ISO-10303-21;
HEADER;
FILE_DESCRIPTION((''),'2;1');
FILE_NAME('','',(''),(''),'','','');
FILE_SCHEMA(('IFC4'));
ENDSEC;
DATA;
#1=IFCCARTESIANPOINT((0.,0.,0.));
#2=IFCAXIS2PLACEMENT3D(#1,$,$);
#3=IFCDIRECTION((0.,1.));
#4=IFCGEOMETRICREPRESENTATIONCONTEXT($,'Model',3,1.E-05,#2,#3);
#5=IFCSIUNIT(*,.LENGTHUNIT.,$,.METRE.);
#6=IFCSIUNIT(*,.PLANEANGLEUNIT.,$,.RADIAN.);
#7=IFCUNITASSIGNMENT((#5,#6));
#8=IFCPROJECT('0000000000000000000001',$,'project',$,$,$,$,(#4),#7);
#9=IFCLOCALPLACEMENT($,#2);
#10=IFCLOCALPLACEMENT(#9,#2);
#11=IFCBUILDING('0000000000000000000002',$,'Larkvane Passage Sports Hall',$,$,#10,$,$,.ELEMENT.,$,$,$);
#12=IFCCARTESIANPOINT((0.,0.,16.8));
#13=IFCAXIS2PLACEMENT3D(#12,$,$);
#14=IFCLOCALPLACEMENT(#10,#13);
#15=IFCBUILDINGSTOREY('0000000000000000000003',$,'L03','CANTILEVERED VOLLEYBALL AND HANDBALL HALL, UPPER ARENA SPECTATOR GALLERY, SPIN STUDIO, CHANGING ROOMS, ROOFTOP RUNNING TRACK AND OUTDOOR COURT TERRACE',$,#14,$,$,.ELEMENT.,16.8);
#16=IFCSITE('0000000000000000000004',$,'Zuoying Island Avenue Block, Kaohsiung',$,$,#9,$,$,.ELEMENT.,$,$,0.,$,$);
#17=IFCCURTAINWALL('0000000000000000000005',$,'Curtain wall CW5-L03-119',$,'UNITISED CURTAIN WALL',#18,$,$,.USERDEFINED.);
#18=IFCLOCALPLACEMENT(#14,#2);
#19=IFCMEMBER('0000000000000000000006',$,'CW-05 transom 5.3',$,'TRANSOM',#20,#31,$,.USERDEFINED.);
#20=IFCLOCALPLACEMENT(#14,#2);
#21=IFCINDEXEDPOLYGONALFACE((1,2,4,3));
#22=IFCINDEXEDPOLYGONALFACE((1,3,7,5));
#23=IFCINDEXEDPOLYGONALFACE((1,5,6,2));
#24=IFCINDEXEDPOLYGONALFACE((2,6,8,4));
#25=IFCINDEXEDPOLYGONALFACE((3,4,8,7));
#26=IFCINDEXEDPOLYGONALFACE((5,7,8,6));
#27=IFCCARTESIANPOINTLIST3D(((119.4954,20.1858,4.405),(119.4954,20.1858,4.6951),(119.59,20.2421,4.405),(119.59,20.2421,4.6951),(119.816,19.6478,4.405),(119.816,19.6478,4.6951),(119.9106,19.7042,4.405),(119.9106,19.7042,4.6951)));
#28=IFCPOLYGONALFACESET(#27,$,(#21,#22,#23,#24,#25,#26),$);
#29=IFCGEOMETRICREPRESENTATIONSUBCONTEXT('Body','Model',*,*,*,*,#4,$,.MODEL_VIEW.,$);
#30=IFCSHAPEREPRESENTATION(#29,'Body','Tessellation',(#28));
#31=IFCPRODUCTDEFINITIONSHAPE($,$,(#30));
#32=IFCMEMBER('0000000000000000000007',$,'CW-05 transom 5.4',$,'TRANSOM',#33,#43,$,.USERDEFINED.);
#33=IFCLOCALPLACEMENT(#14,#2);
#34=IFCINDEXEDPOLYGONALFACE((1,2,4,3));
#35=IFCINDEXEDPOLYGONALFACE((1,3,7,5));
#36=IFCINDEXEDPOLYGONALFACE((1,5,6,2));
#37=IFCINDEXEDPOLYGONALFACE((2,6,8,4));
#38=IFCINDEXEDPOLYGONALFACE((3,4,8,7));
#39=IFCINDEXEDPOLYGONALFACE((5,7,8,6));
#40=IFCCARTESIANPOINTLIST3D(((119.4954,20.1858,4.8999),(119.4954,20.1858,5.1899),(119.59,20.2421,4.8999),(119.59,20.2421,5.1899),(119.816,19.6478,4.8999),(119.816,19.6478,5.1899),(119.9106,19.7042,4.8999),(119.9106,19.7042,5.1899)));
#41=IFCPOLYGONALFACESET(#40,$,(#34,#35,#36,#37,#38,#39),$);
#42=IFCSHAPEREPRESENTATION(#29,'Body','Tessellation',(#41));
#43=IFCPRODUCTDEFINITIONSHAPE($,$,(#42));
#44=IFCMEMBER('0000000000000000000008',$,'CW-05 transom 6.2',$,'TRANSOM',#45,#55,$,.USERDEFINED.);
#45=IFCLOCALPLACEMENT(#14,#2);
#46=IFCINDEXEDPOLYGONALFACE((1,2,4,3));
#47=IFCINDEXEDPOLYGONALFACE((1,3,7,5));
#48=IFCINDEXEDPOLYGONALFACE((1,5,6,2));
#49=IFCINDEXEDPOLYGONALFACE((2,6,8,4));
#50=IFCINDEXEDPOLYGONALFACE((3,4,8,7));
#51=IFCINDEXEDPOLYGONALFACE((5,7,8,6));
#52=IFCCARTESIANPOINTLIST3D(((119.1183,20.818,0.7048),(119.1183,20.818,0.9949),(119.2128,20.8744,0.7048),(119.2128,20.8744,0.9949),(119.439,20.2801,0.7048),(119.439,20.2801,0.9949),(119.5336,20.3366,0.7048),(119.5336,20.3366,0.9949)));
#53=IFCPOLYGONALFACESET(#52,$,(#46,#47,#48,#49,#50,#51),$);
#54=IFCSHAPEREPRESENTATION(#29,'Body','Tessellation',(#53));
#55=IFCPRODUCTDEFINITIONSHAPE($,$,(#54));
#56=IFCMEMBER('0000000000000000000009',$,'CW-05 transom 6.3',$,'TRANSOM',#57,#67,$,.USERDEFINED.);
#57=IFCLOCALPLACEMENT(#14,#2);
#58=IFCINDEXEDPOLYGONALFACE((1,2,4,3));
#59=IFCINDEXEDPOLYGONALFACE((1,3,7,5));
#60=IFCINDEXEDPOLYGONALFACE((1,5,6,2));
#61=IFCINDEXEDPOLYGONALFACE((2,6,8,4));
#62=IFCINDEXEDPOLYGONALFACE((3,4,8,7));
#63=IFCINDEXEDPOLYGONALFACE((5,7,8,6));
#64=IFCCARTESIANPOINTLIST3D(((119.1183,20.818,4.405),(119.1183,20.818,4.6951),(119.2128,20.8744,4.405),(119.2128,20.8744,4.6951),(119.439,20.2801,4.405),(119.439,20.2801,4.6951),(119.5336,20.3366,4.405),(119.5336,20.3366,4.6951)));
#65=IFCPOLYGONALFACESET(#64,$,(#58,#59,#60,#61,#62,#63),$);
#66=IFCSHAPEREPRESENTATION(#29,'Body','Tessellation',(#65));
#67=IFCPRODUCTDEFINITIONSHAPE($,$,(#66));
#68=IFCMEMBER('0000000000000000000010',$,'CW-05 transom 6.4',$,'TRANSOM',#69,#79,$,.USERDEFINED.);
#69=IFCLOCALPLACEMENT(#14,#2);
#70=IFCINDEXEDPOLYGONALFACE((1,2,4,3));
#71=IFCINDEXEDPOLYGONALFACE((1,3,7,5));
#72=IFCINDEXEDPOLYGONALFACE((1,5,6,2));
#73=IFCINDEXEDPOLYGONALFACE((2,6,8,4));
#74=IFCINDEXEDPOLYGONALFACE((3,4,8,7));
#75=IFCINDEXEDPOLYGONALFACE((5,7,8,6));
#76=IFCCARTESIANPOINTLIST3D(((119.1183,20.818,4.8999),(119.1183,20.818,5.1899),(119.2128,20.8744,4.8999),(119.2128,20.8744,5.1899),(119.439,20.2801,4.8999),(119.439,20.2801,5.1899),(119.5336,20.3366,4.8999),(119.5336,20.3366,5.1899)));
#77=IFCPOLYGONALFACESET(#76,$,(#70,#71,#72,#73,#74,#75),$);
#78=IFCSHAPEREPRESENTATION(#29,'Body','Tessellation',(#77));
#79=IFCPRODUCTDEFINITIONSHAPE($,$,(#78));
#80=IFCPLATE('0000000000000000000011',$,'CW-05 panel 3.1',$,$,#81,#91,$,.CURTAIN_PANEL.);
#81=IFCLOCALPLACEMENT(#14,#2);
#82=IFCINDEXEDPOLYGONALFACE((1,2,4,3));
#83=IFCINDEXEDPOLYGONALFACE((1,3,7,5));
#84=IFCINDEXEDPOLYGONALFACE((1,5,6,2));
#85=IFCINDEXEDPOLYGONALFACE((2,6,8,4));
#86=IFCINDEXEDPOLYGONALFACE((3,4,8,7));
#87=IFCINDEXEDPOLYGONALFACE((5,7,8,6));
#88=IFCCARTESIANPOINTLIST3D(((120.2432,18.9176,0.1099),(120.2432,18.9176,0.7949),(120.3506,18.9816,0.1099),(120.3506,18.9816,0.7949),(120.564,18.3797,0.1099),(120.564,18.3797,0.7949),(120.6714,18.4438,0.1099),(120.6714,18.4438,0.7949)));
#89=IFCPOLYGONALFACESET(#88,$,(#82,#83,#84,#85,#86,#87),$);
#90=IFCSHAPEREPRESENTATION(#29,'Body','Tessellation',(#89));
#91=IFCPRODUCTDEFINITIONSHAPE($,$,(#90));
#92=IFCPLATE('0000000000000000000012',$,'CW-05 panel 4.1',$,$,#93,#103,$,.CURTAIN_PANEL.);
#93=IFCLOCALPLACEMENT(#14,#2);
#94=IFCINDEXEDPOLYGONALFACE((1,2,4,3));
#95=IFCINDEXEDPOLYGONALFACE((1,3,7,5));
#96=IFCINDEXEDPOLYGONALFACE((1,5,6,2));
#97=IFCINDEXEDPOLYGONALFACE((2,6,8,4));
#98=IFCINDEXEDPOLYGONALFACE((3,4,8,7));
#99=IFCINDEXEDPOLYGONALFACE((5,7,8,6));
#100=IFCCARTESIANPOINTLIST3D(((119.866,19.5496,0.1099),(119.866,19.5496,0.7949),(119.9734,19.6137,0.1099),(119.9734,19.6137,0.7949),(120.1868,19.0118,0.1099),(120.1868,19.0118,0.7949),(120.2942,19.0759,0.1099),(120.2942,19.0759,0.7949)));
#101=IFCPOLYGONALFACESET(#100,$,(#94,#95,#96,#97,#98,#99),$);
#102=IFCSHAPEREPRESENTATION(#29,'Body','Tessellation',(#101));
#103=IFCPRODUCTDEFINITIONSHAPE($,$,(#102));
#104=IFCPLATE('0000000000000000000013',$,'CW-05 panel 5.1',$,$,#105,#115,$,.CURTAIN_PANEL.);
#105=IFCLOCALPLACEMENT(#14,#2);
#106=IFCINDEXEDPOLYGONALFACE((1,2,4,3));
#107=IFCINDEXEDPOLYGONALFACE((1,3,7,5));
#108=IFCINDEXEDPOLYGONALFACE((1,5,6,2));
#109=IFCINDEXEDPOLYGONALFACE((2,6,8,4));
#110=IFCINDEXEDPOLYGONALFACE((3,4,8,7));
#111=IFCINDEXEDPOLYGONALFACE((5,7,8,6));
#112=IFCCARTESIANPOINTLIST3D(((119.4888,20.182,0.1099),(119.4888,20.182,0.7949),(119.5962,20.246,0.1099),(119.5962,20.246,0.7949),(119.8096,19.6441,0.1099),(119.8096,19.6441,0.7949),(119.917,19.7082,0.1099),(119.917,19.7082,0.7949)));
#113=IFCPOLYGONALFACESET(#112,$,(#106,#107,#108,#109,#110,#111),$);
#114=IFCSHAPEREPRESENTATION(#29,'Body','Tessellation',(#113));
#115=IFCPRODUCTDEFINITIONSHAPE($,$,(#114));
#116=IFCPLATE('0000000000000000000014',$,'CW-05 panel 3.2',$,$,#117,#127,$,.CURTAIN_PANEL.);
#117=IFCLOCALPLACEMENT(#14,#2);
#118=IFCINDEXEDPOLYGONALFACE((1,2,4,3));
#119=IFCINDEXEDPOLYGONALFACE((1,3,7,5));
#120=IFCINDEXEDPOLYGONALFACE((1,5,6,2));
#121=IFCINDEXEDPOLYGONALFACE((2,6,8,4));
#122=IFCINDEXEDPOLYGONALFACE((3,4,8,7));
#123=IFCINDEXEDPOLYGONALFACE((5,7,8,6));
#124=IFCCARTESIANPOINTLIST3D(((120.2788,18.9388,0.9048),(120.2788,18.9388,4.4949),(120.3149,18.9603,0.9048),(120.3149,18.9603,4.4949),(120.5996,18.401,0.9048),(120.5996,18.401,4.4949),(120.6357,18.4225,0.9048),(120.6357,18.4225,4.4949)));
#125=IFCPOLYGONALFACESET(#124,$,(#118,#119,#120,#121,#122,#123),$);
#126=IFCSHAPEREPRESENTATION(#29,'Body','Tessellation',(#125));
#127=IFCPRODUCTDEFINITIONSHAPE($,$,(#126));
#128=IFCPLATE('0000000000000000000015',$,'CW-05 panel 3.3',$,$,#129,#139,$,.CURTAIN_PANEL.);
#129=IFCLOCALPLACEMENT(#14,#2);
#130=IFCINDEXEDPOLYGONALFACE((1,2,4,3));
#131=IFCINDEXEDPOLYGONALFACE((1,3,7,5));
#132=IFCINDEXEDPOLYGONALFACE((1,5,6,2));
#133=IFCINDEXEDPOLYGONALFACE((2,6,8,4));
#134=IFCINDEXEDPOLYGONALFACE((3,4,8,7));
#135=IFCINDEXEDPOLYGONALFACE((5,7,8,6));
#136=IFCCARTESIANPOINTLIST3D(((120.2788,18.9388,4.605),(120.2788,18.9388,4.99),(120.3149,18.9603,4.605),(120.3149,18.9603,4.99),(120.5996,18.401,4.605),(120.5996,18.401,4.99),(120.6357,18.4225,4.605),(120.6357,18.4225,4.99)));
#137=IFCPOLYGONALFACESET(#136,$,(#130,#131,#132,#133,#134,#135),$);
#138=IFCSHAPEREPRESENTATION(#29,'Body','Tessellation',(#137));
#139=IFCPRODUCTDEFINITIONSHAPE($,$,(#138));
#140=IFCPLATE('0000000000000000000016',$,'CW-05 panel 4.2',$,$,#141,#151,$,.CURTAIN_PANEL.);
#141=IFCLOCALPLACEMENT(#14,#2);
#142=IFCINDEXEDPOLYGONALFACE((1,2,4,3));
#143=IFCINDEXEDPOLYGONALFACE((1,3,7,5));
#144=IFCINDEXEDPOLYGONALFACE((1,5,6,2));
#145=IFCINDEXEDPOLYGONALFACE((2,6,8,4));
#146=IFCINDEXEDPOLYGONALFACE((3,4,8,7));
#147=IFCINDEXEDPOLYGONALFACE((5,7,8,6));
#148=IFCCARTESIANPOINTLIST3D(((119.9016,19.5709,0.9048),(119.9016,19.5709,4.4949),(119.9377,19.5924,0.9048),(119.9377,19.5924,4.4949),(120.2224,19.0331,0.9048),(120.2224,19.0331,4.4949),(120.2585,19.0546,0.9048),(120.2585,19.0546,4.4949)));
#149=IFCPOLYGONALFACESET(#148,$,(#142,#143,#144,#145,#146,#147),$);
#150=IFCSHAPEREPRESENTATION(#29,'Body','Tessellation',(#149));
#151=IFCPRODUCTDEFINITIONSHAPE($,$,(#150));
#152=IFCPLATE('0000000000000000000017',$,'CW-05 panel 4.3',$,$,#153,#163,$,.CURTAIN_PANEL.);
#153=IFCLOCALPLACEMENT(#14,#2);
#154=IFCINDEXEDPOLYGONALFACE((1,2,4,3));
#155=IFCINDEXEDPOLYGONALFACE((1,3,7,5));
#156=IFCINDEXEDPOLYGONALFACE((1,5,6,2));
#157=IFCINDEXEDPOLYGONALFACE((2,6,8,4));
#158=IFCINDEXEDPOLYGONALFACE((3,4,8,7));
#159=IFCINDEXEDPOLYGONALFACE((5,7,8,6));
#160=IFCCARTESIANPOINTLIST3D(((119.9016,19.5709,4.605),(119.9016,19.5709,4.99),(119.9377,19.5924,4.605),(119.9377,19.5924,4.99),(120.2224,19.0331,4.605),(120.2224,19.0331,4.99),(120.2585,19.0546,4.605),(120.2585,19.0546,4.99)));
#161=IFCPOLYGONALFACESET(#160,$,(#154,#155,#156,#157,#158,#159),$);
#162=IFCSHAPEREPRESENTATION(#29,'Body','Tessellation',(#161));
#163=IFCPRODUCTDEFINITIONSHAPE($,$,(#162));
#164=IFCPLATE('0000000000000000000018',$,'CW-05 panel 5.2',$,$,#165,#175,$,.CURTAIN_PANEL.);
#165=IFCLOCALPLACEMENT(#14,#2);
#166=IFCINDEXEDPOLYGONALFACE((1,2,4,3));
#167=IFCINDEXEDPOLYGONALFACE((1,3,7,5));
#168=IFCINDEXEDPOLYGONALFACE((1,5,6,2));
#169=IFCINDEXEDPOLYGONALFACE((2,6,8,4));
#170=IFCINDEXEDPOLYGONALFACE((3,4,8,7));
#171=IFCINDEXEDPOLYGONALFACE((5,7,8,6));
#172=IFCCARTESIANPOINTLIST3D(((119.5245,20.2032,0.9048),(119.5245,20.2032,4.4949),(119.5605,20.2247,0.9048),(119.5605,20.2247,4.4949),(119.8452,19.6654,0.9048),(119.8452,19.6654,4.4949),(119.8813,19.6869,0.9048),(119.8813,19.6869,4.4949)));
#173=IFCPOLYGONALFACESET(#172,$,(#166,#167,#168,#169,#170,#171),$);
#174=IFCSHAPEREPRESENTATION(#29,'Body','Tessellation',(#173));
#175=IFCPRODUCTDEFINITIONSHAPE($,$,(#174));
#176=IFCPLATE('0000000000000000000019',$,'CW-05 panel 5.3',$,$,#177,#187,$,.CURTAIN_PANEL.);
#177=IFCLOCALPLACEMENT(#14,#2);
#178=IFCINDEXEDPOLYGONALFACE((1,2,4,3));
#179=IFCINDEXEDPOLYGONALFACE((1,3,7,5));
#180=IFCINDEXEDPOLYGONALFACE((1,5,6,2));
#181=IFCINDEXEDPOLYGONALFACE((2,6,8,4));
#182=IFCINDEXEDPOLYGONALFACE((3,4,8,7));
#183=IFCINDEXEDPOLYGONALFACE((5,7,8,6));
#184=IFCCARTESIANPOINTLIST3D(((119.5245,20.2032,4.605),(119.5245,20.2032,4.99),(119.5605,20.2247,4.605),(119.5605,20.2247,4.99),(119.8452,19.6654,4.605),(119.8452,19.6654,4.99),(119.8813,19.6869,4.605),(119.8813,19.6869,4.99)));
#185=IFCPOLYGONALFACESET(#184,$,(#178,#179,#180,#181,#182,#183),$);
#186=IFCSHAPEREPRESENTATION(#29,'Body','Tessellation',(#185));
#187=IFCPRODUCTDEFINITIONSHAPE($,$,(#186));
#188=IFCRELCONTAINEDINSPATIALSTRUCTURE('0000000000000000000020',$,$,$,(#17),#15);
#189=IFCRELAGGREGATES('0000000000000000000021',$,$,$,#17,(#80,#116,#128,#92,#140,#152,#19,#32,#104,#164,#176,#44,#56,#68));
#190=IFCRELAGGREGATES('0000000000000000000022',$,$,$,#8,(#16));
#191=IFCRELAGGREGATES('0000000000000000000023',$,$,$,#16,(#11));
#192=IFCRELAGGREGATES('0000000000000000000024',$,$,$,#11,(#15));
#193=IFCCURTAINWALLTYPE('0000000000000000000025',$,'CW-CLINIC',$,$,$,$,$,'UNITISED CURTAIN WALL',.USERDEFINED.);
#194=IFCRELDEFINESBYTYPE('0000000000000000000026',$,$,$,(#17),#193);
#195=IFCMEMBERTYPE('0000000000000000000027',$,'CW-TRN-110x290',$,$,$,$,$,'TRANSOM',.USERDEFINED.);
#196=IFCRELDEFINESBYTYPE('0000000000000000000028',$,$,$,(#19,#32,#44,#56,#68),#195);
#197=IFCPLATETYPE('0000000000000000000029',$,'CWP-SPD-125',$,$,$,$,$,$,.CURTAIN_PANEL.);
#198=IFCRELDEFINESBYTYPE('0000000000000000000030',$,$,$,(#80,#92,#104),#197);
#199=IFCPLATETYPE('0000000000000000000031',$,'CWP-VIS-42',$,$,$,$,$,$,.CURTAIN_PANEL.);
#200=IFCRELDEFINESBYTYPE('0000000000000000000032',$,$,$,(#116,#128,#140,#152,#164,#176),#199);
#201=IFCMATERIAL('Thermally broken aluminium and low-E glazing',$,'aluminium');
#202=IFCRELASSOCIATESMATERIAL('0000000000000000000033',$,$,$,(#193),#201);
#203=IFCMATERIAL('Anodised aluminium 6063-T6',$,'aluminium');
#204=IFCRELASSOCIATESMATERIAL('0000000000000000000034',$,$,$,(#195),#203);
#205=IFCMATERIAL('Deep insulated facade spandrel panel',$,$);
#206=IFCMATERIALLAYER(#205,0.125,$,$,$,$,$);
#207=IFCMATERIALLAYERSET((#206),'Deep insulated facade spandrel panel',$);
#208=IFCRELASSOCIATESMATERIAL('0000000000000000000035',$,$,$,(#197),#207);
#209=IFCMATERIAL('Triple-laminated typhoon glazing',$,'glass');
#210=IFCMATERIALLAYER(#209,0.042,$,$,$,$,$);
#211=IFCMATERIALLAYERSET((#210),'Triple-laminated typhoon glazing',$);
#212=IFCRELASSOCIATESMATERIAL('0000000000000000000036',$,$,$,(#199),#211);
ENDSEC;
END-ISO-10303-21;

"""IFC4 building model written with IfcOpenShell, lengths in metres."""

from ifc_helpers import new_model, si_unit, direction, frame, origin, origin_2d, place, context, subcontext, project, spatial, rectangle, extrude, material, layer, layer_set, material_profile, profile_set, type_object, element, aggregate, save


model = new_model("IFC4")

# Units and contexts
model_context = context("Model", 3, precision=1e-05, world=origin(), true_north=direction((0.0, 1.0)))
body_context = subcontext(model_context, "Body", "Model", "MODEL_VIEW")
ifc_project = project(units=[si_unit("LENGTHUNIT", "METRE"), si_unit("PLANEANGLEUNIT", "RADIAN")], contexts=[model_context])

# Site, building, storey
site_placement = place(None, origin())
site = spatial("IfcSite", under=ifc_project, at=site_placement, Name="Zuoying Island Avenue Block, Kaohsiung", CompositionType="ELEMENT", RefElevation=0.0)
building_placement = place(site_placement, origin())
building = spatial("IfcBuilding", under=site, at=building_placement, Name="Larkvane Passage Sports Hall", CompositionType="ELEMENT")
storey_placement = place(building_placement, frame((0.0, 0.0, 16.8)))
storey = spatial("IfcBuildingStorey", under=building, at=storey_placement, Name="L03", Description="CANTILEVERED VOLLEYBALL AND HANDBALL HALL, UPPER ARENA SPECTATOR GALLERY, SPIN STUDIO, CHANGING ROOMS, ROOFTOP RUNNING TRACK AND OUTDOOR COURT TERRACE", CompositionType="ELEMENT", Elevation=16.8)

# Curtain wall, members, plates
ifc_material_1 = material(Name="Thermally broken aluminium and low-E glazing", Category="aluminium")
curtain_wall_type = type_object("IfcCurtainWallType", Name="CW-CLINIC", ElementType="UNITISED CURTAIN WALL", PredefinedType="USERDEFINED", material=ifc_material_1)
curtain_wall_placement = place(storey_placement, origin())
curtain_wall = element("IfcCurtainWall", 1, at=curtain_wall_placement, inside=storey, type_object=curtain_wall_type, Name="Curtain wall CW5-L03-119", ObjectType="UNITISED CURTAIN WALL", PredefinedType="USERDEFINED")
ifc_material_2 = material(Name="Anodised aluminium 6063-T6", Category="aluminium")
ifc_material_profile_1 = material_profile(ifc_material_2, rectangle(XDim=0.1101, YDim=0.29, at=origin_2d()), Name="ALU-TRN-110x290")
ifc_profile_set_1 = profile_set([ifc_material_profile_1], Name="Anodised aluminium 6063-T6")
member_type_1 = type_object("IfcMemberType", Name="CW-TRN-110x290", ElementType="TRANSOM", PredefinedType="USERDEFINED", material=ifc_profile_set_1)
member_1_placement = place(storey_placement, frame((119.8633, 19.676, 4.55), z_axis=(-0.51197, 0.859003, 0.0), x_axis=(-0.859003, -0.51197, 0.0)))
member_1 = element("IfcMember", 2, at=member_1_placement, type_object=member_type_1, Name="CW-05 transom 5.3", ObjectType="TRANSOM", PredefinedType="USERDEFINED", context=body_context, shape_type="SweptSolid", body=[
    extrude(rectangle(XDim=0.1101, YDim=0.29, at=origin_2d()), origin(), (0.0, 0.0, 1.0), 0.6262),
])
member_2_placement = place(storey_placement, frame((119.8633, 19.676, 5.0449), z_axis=(-0.51197, 0.859003, 0.0), x_axis=(-0.859003, -0.51197, 0.0)))
member_2 = element("IfcMember", 3, at=member_2_placement, type_object=member_type_1, Name="CW-05 transom 5.4", ObjectType="TRANSOM", PredefinedType="USERDEFINED", context=body_context, shape_type="SweptSolid", body=[
    extrude(rectangle(XDim=0.1101, YDim=0.29, at=origin_2d()), origin(), (0.0, 0.0, 1.0), 0.6262),
])
member_3_placement = place(storey_placement, frame((119.4863, 20.3083, 0.8499), z_axis=(-0.512258, 0.858832, 0.0), x_axis=(-0.858832, -0.512258, 0.0)))
member_3 = element("IfcMember", 4, at=member_3_placement, type_object=member_type_1, Name="CW-05 transom 6.2", ObjectType="TRANSOM", PredefinedType="USERDEFINED", context=body_context, shape_type="SweptSolid", body=[
    extrude(rectangle(XDim=0.1101, YDim=0.29, at=origin_2d()), origin(), (0.0, 0.0, 1.0), 0.6262),
])
member_4_placement = place(storey_placement, frame((119.4863, 20.3083, 4.55), z_axis=(-0.512258, 0.858832, 0.0), x_axis=(-0.858832, -0.512258, 0.0)))
member_4 = element("IfcMember", 5, at=member_4_placement, type_object=member_type_1, Name="CW-05 transom 6.3", ObjectType="TRANSOM", PredefinedType="USERDEFINED", context=body_context, shape_type="SweptSolid", body=[
    extrude(rectangle(XDim=0.1101, YDim=0.29, at=origin_2d()), origin(), (0.0, 0.0, 1.0), 0.6262),
])
member_5_placement = place(storey_placement, frame((119.4863, 20.3083, 5.0449), z_axis=(-0.512258, 0.858832, 0.0), x_axis=(-0.858832, -0.512258, 0.0)))
member_5 = element("IfcMember", 6, at=member_5_placement, type_object=member_type_1, Name="CW-05 transom 6.4", ObjectType="TRANSOM", PredefinedType="USERDEFINED", context=body_context, shape_type="SweptSolid", body=[
    extrude(rectangle(XDim=0.1101, YDim=0.29, at=origin_2d()), origin(), (0.0, 0.0, 1.0), 0.6262),
])
ifc_material_3 = material(Name="Deep insulated facade spandrel panel")
ifc_layer_1 = layer(ifc_material_3, 0.125)
ifc_layer_set_1 = layer_set([ifc_layer_1], Name="Deep insulated facade spandrel panel")
plate_type_1 = type_object("IfcPlateType", Name="CWP-SPD-125", PredefinedType="CURTAIN_PANEL", material=ifc_layer_set_1)
plate_1_placement = place(storey_placement, frame((120.4573, 18.6807, 0.1099), z_axis=(0.0, 0.0, 1.0), x_axis=(-0.512274, 0.858822, 0.0)))
plate_1 = element("IfcPlate", 7, at=plate_1_placement, type_object=plate_type_1, Name="CW-05 panel 3.1", PredefinedType="CURTAIN_PANEL", context=body_context, shape_type="SweptSolid", body=[
    extrude(rectangle(XDim=0.6262, YDim=0.125, at=origin_2d()), origin(), (0.0, 0.0, 1.0), 0.6851),
])
plate_2_placement = place(storey_placement, frame((120.0801, 19.3127, 0.1099), z_axis=(0.0, 0.0, 1.0), x_axis=(-0.512274, 0.858822, 0.0)))
plate_2 = element("IfcPlate", 8, at=plate_2_placement, type_object=plate_type_1, Name="CW-05 panel 4.1", PredefinedType="CURTAIN_PANEL", context=body_context, shape_type="SweptSolid", body=[
    extrude(rectangle(XDim=0.6262, YDim=0.125, at=origin_2d()), origin(), (0.0, 0.0, 1.0), 0.6851),
])
plate_3_placement = place(storey_placement, frame((119.7029, 19.9451, 0.1099), z_axis=(0.0, 0.0, 1.0), x_axis=(-0.512274, 0.858822, 0.0)))
plate_3 = element("IfcPlate", 9, at=plate_3_placement, type_object=plate_type_1, Name="CW-05 panel 5.1", PredefinedType="CURTAIN_PANEL", context=body_context, shape_type="SweptSolid", body=[
    extrude(rectangle(XDim=0.6262, YDim=0.125, at=origin_2d()), origin(), (0.0, 0.0, 1.0), 0.6851),
])
ifc_material_4 = material(Name="Triple-laminated typhoon glazing", Category="glass")
ifc_layer_2 = layer(ifc_material_4, 0.042)
ifc_layer_set_2 = layer_set([ifc_layer_2], Name="Triple-laminated typhoon glazing")
plate_type_2 = type_object("IfcPlateType", Name="CWP-VIS-42", PredefinedType="CURTAIN_PANEL", material=ifc_layer_set_2)
plate_4_placement = place(storey_placement, frame((120.4573, 18.6807, 0.9048), z_axis=(0.0, 0.0, 1.0), x_axis=(-0.512274, 0.858822, 0.0)))
plate_4 = element("IfcPlate", 10, at=plate_4_placement, type_object=plate_type_2, Name="CW-05 panel 3.2", PredefinedType="CURTAIN_PANEL", context=body_context, shape_type="SweptSolid", body=[
    extrude(rectangle(XDim=0.6262, YDim=0.042, at=origin_2d()), origin(), (0.0, 0.0, 1.0), 3.5901),
])
plate_5_placement = place(storey_placement, frame((120.4573, 18.6807, 4.605), z_axis=(0.0, 0.0, 1.0), x_axis=(-0.512274, 0.858822, 0.0)))
plate_5 = element("IfcPlate", 11, at=plate_5_placement, type_object=plate_type_2, Name="CW-05 panel 3.3", PredefinedType="CURTAIN_PANEL", context=body_context, shape_type="SweptSolid", body=[
    extrude(rectangle(XDim=0.6262, YDim=0.042, at=origin_2d()), origin(), (0.0, 0.0, 1.0), 0.385),
])
plate_6_placement = place(storey_placement, frame((120.0801, 19.3127, 0.9048), z_axis=(0.0, 0.0, 1.0), x_axis=(-0.512274, 0.858822, 0.0)))
plate_6 = element("IfcPlate", 12, at=plate_6_placement, type_object=plate_type_2, Name="CW-05 panel 4.2", PredefinedType="CURTAIN_PANEL", context=body_context, shape_type="SweptSolid", body=[
    extrude(rectangle(XDim=0.6262, YDim=0.042, at=origin_2d()), origin(), (0.0, 0.0, 1.0), 3.5901),
])
plate_7_placement = place(storey_placement, frame((120.0801, 19.3127, 4.605), z_axis=(0.0, 0.0, 1.0), x_axis=(-0.512274, 0.858822, 0.0)))
plate_7 = element("IfcPlate", 13, at=plate_7_placement, type_object=plate_type_2, Name="CW-05 panel 4.3", PredefinedType="CURTAIN_PANEL", context=body_context, shape_type="SweptSolid", body=[
    extrude(rectangle(XDim=0.6262, YDim=0.042, at=origin_2d()), origin(), (0.0, 0.0, 1.0), 0.385),
])
plate_8_placement = place(storey_placement, frame((119.7029, 19.9451, 0.9048), z_axis=(0.0, 0.0, 1.0), x_axis=(-0.512274, 0.858822, 0.0)))
plate_8 = element("IfcPlate", 14, at=plate_8_placement, type_object=plate_type_2, Name="CW-05 panel 5.2", PredefinedType="CURTAIN_PANEL", context=body_context, shape_type="SweptSolid", body=[
    extrude(rectangle(XDim=0.6262, YDim=0.042, at=origin_2d()), origin(), (0.0, 0.0, 1.0), 3.5901),
])
plate_9_placement = place(storey_placement, frame((119.7029, 19.9451, 4.605), z_axis=(0.0, 0.0, 1.0), x_axis=(-0.512274, 0.858822, 0.0)))
plate_9 = element("IfcPlate", 15, at=plate_9_placement, type_object=plate_type_2, Name="CW-05 panel 5.3", PredefinedType="CURTAIN_PANEL", context=body_context, shape_type="SweptSolid", body=[
    extrude(rectangle(XDim=0.6262, YDim=0.042, at=origin_2d()), origin(), (0.0, 0.0, 1.0), 0.385),
])
aggregate(curtain_wall, [plate_1, plate_4, plate_5, plate_2, plate_6, plate_7, member_1, member_2, plate_3, plate_8, plate_9, member_3, member_4, member_5])

save(model, "model.ifc")
